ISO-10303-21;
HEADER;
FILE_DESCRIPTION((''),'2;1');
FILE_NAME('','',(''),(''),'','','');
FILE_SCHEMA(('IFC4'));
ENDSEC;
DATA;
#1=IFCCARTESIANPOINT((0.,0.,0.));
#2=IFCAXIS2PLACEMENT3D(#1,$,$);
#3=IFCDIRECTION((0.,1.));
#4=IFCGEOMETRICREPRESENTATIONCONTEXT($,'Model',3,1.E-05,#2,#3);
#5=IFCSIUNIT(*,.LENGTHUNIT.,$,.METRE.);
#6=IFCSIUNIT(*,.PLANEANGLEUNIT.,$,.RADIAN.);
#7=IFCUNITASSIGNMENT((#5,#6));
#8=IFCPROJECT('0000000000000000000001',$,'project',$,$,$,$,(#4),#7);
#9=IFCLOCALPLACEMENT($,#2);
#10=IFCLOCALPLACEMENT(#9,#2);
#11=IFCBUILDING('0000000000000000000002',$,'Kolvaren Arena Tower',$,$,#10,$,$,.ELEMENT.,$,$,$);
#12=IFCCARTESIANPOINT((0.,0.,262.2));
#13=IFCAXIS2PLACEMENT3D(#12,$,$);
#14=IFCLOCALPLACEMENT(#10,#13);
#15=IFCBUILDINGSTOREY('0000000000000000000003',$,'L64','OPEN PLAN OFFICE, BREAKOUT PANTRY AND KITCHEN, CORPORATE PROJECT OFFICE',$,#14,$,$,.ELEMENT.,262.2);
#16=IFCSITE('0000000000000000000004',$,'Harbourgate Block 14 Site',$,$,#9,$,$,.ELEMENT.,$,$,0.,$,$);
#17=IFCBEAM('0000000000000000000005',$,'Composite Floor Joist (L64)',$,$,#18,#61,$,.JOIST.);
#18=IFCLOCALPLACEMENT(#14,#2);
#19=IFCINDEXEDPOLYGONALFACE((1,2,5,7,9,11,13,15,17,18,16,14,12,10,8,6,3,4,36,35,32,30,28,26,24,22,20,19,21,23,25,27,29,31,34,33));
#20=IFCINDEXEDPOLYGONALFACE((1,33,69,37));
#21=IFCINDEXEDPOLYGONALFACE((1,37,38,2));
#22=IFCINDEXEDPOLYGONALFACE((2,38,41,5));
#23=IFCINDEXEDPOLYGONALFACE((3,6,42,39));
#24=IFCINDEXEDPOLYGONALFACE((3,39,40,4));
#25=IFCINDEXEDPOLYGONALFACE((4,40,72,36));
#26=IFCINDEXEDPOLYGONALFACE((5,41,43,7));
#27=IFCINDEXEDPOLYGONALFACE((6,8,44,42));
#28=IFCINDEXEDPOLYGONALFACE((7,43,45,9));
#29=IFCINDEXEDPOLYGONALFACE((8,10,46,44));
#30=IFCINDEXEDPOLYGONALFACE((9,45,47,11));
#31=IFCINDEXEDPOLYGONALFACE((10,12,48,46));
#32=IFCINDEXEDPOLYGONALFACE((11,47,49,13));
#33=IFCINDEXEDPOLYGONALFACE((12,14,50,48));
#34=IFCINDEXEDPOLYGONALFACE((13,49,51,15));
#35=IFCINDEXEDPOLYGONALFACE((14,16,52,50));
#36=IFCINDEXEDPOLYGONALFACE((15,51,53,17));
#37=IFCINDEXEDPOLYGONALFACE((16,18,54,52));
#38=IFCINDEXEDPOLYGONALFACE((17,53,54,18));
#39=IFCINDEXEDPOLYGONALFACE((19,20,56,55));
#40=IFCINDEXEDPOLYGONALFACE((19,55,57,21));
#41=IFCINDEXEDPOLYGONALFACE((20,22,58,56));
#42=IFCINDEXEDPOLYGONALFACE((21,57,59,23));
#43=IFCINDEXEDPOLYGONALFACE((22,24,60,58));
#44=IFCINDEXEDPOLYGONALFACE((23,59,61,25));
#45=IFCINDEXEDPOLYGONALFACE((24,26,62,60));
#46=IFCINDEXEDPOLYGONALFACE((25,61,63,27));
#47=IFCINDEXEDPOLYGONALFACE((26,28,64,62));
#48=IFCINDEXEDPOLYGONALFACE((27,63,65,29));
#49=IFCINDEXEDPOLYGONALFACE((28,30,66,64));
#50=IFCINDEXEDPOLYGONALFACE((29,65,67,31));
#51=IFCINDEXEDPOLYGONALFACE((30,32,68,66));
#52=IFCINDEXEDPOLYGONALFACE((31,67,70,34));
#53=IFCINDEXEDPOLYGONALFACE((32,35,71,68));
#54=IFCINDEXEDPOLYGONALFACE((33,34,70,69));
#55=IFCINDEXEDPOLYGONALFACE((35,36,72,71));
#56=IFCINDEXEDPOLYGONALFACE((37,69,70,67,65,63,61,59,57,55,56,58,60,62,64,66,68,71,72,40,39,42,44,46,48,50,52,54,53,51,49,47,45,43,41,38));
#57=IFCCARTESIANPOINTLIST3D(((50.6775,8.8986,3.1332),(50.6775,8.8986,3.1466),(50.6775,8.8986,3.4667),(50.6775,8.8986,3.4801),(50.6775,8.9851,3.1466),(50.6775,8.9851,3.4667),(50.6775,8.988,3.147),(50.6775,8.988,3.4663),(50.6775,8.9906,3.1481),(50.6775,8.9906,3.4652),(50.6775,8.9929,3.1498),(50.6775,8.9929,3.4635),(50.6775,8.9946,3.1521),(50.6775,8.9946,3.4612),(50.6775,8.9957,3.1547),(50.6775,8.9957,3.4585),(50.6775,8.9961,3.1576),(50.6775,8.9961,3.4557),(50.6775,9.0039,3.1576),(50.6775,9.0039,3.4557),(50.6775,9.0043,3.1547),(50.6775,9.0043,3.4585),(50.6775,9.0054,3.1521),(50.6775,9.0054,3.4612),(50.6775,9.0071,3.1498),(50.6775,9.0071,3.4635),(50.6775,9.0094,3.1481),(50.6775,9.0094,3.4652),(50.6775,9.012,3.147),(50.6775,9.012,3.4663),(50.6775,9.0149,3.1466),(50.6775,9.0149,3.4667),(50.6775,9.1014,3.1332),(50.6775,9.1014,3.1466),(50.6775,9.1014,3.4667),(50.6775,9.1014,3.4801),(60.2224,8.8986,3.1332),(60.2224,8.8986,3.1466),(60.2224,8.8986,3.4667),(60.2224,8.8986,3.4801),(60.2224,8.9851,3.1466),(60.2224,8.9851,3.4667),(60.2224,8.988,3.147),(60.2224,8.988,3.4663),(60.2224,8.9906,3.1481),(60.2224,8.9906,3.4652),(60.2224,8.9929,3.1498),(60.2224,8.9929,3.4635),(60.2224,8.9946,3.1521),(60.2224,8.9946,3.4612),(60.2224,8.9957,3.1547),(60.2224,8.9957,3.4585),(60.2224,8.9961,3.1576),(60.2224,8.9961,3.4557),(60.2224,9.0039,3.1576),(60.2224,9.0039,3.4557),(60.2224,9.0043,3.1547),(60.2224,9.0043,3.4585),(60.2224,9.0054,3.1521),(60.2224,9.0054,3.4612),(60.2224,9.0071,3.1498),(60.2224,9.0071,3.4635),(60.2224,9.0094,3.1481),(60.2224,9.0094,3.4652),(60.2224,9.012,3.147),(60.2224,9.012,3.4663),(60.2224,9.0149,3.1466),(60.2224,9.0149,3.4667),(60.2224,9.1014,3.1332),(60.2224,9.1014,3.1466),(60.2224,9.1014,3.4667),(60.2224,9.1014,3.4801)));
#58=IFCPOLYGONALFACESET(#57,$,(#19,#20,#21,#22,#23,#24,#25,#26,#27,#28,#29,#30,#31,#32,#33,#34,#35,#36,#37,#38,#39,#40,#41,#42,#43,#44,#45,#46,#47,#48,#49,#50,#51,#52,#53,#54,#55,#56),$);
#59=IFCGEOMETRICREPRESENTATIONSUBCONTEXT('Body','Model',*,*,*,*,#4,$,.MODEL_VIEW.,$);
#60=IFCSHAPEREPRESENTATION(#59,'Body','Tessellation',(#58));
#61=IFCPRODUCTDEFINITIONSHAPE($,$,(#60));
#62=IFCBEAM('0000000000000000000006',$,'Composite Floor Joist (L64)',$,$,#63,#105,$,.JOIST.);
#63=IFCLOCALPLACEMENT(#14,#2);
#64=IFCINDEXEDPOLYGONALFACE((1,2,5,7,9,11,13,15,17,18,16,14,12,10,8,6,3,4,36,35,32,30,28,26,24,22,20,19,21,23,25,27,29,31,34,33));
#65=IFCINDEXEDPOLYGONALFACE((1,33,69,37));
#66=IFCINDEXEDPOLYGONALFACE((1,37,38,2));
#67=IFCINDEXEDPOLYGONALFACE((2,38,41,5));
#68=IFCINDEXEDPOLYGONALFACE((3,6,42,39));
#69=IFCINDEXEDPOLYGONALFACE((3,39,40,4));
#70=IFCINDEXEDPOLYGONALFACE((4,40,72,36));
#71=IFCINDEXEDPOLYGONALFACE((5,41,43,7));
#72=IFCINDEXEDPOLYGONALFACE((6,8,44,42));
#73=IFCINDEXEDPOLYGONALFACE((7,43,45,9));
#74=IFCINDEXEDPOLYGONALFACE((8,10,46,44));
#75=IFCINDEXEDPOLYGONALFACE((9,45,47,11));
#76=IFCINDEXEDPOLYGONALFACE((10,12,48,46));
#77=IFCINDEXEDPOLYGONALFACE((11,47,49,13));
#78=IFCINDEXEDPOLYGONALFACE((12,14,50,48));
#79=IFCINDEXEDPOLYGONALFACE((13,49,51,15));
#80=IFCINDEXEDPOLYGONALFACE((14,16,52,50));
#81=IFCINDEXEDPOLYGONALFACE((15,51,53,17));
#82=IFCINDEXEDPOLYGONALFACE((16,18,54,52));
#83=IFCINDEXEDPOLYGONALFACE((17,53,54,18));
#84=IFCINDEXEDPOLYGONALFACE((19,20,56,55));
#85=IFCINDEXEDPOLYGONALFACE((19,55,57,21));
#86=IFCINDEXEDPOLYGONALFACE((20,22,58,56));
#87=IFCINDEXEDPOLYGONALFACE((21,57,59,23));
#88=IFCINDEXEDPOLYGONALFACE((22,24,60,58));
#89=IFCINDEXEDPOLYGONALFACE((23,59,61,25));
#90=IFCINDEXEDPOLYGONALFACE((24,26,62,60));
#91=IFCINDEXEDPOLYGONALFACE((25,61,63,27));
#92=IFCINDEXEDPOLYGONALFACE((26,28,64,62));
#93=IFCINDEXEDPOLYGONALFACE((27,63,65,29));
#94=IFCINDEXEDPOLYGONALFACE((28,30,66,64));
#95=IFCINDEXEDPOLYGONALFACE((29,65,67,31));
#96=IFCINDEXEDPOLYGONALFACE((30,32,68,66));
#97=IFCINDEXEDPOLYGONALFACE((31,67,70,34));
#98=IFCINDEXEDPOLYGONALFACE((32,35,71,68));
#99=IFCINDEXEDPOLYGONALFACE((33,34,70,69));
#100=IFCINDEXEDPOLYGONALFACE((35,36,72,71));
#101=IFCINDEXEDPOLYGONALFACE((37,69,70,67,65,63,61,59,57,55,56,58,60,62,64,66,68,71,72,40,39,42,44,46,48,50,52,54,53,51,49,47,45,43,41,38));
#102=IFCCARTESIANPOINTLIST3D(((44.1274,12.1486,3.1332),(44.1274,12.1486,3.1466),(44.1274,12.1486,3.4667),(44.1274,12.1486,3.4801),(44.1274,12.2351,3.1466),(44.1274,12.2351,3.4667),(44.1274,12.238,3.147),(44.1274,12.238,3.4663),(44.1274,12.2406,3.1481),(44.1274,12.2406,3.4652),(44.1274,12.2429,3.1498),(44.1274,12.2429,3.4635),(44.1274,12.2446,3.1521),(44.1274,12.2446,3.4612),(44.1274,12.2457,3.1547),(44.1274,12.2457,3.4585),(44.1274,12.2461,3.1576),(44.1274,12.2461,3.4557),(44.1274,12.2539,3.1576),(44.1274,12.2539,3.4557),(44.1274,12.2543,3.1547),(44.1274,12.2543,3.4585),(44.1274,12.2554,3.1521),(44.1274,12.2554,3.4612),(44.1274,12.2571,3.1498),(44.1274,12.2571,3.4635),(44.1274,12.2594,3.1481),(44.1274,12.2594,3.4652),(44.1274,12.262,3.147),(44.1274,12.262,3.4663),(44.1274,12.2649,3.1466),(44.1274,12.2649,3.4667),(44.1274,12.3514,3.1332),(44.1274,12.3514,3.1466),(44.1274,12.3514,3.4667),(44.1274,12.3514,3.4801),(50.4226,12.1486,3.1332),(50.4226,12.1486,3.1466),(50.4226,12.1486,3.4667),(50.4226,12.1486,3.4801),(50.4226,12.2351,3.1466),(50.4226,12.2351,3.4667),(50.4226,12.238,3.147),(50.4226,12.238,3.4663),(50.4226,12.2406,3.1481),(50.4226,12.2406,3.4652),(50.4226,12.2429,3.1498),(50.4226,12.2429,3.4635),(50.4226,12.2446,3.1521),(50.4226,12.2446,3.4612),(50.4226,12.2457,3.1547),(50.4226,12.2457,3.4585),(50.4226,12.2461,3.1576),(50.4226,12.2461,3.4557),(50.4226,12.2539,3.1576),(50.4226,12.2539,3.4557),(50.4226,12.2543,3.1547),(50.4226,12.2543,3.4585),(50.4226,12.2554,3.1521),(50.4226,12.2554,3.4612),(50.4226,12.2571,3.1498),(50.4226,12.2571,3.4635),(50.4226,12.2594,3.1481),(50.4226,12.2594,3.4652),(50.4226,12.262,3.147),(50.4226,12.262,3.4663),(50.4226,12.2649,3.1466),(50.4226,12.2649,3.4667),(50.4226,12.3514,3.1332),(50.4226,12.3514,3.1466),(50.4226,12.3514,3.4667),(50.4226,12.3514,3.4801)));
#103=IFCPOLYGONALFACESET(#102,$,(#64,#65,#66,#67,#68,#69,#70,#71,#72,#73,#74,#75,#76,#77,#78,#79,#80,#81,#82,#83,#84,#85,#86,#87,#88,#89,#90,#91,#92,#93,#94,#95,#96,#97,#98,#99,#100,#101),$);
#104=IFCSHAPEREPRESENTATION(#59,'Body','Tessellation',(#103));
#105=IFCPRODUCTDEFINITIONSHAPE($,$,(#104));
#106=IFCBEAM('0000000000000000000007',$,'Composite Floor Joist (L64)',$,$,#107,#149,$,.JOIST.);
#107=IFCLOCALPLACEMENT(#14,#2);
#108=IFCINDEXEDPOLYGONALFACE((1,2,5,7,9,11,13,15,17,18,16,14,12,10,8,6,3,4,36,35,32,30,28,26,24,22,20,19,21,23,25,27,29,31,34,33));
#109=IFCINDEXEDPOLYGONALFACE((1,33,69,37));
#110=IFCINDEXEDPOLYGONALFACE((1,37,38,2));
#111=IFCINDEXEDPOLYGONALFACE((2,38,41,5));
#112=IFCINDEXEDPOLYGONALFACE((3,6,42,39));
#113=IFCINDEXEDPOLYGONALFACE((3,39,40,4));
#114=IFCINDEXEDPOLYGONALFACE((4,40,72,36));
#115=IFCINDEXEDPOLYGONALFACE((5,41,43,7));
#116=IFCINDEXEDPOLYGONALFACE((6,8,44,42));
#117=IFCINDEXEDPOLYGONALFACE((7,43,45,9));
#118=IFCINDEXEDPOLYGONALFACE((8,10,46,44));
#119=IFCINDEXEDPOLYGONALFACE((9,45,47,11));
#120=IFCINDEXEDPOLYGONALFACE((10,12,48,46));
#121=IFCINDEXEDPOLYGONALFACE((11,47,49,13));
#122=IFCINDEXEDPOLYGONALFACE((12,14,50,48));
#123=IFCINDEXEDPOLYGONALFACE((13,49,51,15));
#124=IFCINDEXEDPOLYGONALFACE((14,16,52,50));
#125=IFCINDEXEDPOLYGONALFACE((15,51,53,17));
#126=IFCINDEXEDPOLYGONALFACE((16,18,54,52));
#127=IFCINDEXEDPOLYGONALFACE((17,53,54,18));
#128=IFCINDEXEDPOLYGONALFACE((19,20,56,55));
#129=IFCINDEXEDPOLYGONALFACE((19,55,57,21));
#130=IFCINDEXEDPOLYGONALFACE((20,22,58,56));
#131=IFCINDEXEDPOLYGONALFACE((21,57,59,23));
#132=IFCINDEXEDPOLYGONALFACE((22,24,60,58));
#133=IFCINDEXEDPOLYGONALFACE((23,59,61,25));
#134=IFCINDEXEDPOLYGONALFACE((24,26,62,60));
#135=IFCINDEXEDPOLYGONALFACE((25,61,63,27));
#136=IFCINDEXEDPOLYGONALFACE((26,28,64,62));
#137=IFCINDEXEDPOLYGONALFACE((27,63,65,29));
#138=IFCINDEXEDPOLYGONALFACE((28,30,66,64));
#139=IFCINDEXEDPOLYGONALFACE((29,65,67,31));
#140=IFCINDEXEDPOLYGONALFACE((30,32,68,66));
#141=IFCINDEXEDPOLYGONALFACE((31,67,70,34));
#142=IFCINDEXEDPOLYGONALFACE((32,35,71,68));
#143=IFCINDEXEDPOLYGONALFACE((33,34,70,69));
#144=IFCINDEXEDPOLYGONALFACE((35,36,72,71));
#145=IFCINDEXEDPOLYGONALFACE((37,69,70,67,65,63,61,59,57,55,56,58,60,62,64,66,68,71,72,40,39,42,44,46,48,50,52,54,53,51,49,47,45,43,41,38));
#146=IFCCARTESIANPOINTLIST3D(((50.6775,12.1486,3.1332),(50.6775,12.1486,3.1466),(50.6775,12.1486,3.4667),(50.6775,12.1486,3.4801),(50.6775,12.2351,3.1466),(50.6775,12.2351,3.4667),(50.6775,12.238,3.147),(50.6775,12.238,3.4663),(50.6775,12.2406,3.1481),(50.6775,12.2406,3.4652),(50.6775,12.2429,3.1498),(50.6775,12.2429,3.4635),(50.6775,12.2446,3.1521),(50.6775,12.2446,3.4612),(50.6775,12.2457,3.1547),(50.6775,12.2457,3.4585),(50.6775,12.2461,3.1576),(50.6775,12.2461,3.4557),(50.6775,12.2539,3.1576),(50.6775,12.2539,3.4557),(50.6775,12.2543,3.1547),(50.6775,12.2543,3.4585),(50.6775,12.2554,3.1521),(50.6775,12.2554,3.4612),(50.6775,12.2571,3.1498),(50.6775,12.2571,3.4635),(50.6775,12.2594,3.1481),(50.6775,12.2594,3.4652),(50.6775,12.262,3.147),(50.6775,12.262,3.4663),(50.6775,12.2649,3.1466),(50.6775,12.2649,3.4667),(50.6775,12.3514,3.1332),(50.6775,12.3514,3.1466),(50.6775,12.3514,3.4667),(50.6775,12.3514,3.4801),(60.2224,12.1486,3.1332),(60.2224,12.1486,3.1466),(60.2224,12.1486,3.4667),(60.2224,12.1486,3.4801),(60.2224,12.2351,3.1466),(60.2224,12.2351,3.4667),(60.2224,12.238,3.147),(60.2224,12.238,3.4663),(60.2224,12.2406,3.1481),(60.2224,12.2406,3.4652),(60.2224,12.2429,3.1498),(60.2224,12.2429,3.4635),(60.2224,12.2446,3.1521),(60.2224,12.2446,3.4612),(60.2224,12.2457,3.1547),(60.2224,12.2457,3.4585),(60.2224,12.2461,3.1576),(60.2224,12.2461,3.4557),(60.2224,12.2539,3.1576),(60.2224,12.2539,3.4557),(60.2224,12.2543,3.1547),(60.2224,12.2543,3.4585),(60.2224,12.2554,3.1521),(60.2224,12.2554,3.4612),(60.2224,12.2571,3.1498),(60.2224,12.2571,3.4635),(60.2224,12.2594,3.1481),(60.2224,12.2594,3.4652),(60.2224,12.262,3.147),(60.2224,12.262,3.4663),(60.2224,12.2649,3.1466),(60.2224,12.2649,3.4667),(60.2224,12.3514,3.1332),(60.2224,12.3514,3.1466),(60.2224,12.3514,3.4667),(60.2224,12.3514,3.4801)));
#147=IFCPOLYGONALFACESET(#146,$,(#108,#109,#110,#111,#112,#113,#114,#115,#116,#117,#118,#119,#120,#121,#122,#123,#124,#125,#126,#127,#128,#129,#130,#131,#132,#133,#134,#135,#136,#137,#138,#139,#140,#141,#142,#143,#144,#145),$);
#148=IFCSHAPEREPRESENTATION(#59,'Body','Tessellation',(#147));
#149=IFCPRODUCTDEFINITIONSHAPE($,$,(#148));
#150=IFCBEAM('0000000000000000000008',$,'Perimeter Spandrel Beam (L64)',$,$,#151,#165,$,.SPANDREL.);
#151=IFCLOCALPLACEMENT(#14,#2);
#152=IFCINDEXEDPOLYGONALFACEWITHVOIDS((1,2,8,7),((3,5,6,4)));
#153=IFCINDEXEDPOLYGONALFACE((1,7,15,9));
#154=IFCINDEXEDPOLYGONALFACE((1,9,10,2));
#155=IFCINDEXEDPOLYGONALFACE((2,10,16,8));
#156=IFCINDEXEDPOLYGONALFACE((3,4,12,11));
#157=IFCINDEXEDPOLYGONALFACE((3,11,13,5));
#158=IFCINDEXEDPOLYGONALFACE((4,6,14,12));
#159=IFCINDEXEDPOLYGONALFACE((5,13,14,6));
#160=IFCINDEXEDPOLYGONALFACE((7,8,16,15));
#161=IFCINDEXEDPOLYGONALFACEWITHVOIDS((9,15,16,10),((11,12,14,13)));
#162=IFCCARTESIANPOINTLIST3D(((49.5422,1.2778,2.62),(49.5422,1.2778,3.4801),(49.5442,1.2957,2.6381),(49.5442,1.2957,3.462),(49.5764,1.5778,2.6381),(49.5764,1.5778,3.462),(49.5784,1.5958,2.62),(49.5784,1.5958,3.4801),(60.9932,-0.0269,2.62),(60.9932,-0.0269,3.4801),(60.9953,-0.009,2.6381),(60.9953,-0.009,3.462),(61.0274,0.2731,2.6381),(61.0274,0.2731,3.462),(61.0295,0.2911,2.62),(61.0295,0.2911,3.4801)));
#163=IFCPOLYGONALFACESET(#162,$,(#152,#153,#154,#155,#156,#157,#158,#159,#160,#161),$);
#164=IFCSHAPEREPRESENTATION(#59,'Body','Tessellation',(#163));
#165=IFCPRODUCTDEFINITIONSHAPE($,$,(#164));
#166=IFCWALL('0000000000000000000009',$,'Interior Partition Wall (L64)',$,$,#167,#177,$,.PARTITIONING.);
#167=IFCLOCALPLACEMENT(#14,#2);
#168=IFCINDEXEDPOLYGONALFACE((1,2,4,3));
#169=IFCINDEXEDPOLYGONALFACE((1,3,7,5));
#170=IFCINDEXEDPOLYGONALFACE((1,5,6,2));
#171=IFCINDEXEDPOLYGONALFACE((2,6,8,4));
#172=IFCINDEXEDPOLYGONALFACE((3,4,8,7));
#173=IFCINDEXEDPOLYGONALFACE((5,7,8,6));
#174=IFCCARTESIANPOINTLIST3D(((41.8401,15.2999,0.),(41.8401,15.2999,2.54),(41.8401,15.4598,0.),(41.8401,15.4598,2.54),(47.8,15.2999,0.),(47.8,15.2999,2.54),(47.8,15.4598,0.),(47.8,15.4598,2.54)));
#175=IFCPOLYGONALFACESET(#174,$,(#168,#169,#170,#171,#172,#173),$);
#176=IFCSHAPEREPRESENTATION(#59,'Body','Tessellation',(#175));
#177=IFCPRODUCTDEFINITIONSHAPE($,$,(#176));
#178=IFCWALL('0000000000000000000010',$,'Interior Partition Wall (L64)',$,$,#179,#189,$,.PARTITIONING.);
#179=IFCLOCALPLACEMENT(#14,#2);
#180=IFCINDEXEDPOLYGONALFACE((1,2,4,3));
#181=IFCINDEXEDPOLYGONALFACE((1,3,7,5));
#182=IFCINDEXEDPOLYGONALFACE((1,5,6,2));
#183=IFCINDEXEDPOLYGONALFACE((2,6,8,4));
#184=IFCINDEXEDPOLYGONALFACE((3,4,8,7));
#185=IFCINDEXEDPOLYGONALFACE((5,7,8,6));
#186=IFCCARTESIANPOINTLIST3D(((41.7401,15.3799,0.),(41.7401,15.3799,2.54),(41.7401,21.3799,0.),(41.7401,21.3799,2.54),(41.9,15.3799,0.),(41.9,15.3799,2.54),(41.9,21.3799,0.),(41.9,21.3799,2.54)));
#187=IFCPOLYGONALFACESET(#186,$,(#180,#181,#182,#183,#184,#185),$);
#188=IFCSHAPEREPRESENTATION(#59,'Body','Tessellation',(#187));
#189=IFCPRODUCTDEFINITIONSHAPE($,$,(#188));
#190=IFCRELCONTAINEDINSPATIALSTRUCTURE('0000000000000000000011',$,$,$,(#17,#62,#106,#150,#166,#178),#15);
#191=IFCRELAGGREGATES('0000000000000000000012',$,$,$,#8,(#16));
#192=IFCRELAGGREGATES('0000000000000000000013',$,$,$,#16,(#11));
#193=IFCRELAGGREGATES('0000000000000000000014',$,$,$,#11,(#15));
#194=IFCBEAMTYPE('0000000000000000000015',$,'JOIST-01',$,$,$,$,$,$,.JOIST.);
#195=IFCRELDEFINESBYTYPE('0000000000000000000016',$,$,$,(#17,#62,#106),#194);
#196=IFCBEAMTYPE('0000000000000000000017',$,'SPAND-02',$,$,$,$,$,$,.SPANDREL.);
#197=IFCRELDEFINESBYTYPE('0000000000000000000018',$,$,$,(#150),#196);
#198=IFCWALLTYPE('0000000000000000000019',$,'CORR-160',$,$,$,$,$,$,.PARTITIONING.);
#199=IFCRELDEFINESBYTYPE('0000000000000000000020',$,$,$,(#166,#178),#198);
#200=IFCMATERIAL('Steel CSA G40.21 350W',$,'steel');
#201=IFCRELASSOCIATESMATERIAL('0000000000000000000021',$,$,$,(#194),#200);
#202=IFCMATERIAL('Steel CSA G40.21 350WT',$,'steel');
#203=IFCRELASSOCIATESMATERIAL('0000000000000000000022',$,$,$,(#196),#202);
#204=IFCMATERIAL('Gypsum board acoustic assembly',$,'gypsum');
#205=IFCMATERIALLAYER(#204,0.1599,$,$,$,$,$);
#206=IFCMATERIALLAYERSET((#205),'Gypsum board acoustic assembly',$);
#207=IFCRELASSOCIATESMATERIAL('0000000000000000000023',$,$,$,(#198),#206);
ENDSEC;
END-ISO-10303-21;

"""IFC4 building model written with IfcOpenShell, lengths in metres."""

from ifc_helpers import new_model, si_unit, direction, frame, frame_2d, origin, origin_2d, place, context, subcontext, project, spatial, rectangle, hollow_rectangle, i_section, extrude, material, layer, layer_set, material_profile, profile_set, type_object, element, save


model = new_model("IFC4")

# Units and contexts
model_context = context("Model", 3, precision=1e-05, world=origin(), true_north=direction((0.0, 1.0)))
body_context = subcontext(model_context, "Body", "Model", "MODEL_VIEW")
ifc_project = project(units=[si_unit("LENGTHUNIT", "METRE"), si_unit("PLANEANGLEUNIT", "RADIAN")], contexts=[model_context])

# Site, building, storey
site_placement = place(None, origin())
site = spatial("IfcSite", under=ifc_project, at=site_placement, Name="Harbourgate Block 14 Site", CompositionType="ELEMENT", RefElevation=0.0)
building_placement = place(site_placement, origin())
building = spatial("IfcBuilding", under=site, at=building_placement, Name="Kolvaren Arena Tower", CompositionType="ELEMENT")
storey_placement = place(building_placement, frame((0.0, 0.0, 262.2)))
storey = spatial("IfcBuildingStorey", under=building, at=storey_placement, Name="L64", Description="OPEN PLAN OFFICE, BREAKOUT PANTRY AND KITCHEN, CORPORATE PROJECT OFFICE", CompositionType="ELEMENT", Elevation=262.2)

# Beams
ifc_material_1 = material(Name="Steel CSA G40.21 350W", Category="steel")
ifc_material_profile_1 = material_profile(ifc_material_1, i_section(OverallWidth=0.2029, OverallDepth=0.3469, WebThickness=0.0078, FlangeThickness=0.0134, FilletRadius=0.011, at=origin_2d()), Name="W360x64")
ifc_profile_set_1 = profile_set([ifc_material_profile_1], Name="Steel CSA G40.21 350W")
beam_type_1 = type_object("IfcBeamType", Name="JOIST-01", PredefinedType="JOIST", material=ifc_profile_set_1)
beam_1_placement = place(storey_placement, frame((50.6775, 9.0, 3.3066), z_axis=(1.0, 0.0, 0.0), x_axis=(0.0, 1.0, 0.0)))
element("IfcBeam", 1, at=beam_1_placement, inside=storey, type_object=beam_type_1, Name="Composite Floor Joist (L64)", PredefinedType="JOIST", context=body_context, shape_type="SweptSolid", body=[
    extrude(i_section(OverallWidth=0.2029, OverallDepth=0.3469, WebThickness=0.0078, FlangeThickness=0.0134, FilletRadius=0.011, at=origin_2d()), origin(), (0.0, 0.0, 1.0), 9.5449),
])
beam_2_placement = place(storey_placement, frame((44.1274, 12.25, 3.3066), z_axis=(1.0, 0.0, 0.0), x_axis=(0.0, 1.0, 0.0)))
element("IfcBeam", 2, at=beam_2_placement, inside=storey, type_object=beam_type_1, Name="Composite Floor Joist (L64)", PredefinedType="JOIST", context=body_context, shape_type="SweptSolid", body=[
    extrude(i_section(OverallWidth=0.2029, OverallDepth=0.3469, WebThickness=0.0078, FlangeThickness=0.0134, FilletRadius=0.011, at=origin_2d()), origin(), (0.0, 0.0, 1.0), 6.2952),
])
beam_3_placement = place(storey_placement, frame((50.6775, 12.25, 3.3066), z_axis=(1.0, 0.0, 0.0), x_axis=(0.0, 1.0, 0.0)))
element("IfcBeam", 3, at=beam_3_placement, inside=storey, type_object=beam_type_1, Name="Composite Floor Joist (L64)", PredefinedType="JOIST", context=body_context, shape_type="SweptSolid", body=[
    extrude(i_section(OverallWidth=0.2029, OverallDepth=0.3469, WebThickness=0.0078, FlangeThickness=0.0134, FilletRadius=0.011, at=origin_2d()), origin(), (0.0, 0.0, 1.0), 9.5449),
])
ifc_material_2 = material(Name="Steel CSA G40.21 350WT", Category="steel")
ifc_material_profile_2 = material_profile(ifc_material_2, hollow_rectangle(XDim=0.3201, YDim=0.8601, WallThickness=0.0181, at=origin_2d()), Name="HSS 860x320x18")
ifc_profile_set_2 = profile_set([ifc_material_profile_2], Name="Steel CSA G40.21 350WT")
beam_type_2 = type_object("IfcBeamType", Name="SPAND-02", PredefinedType="SPANDREL", material=ifc_profile_set_2)
beam_4_placement = place(storey_placement, frame((49.5603, 1.4368, 3.05), z_axis=(0.993572, -0.113202, 0.0), x_axis=(0.113202, 0.993572, 0.0)))
element("IfcBeam", 4, at=beam_4_placement, inside=storey, type_object=beam_type_2, Name="Perimeter Spandrel Beam (L64)", PredefinedType="SPANDREL", context=body_context, shape_type="SweptSolid", body=[
    extrude(hollow_rectangle(XDim=0.3201, YDim=0.8601, WallThickness=0.0181, at=origin_2d()), origin(), (0.0, 0.0, 1.0), 11.5251),
])

# Walls
ifc_material_3 = material(Name="Gypsum board acoustic assembly", Category="gypsum")
ifc_layer_1 = layer(ifc_material_3, 0.1599)
ifc_layer_set_1 = layer_set([ifc_layer_1], Name="Gypsum board acoustic assembly")
wall_type_1 = type_object("IfcWallType", Name="CORR-160", PredefinedType="PARTITIONING", material=ifc_layer_set_1)
wall_1_placement = place(storey_placement, frame((41.8401, 15.3799, 0.0), z_axis=(0.0, 0.0, 1.0), x_axis=(1.0, 0.0, 0.0)))
element("IfcWall", 5, at=wall_1_placement, inside=storey, type_object=wall_type_1, Name="Interior Partition Wall (L64)", PredefinedType="PARTITIONING", context=body_context, shape_type="SweptSolid", body=[
    extrude(rectangle(XDim=5.96, YDim=0.1599, at=frame_2d((2.98, 0.0))), origin(), (0.0, 0.0, 1.0), 2.54),
])
for number, where, z_axis, x_axis, name in (
    (6, (41.8201, 15.3799, 0.0), (0.0, 0.0, 1.0), (0.0, 1.0, 0.0), "Interior Partition Wall (L64)"),
):
    element("IfcWall", number, at=place(storey_placement, frame(where, z_axis=z_axis, x_axis=x_axis)), inside=storey, type_object=wall_type_1, Name=name, PredefinedType="PARTITIONING", context=body_context, shape_type="SweptSolid", body=[
        extrude(rectangle(XDim=6.0, YDim=0.1599, at=frame_2d((3.0, 0.0))), origin(), (0.0, 0.0, 1.0), 2.54),
    ])

save(model, "model.ifc")
